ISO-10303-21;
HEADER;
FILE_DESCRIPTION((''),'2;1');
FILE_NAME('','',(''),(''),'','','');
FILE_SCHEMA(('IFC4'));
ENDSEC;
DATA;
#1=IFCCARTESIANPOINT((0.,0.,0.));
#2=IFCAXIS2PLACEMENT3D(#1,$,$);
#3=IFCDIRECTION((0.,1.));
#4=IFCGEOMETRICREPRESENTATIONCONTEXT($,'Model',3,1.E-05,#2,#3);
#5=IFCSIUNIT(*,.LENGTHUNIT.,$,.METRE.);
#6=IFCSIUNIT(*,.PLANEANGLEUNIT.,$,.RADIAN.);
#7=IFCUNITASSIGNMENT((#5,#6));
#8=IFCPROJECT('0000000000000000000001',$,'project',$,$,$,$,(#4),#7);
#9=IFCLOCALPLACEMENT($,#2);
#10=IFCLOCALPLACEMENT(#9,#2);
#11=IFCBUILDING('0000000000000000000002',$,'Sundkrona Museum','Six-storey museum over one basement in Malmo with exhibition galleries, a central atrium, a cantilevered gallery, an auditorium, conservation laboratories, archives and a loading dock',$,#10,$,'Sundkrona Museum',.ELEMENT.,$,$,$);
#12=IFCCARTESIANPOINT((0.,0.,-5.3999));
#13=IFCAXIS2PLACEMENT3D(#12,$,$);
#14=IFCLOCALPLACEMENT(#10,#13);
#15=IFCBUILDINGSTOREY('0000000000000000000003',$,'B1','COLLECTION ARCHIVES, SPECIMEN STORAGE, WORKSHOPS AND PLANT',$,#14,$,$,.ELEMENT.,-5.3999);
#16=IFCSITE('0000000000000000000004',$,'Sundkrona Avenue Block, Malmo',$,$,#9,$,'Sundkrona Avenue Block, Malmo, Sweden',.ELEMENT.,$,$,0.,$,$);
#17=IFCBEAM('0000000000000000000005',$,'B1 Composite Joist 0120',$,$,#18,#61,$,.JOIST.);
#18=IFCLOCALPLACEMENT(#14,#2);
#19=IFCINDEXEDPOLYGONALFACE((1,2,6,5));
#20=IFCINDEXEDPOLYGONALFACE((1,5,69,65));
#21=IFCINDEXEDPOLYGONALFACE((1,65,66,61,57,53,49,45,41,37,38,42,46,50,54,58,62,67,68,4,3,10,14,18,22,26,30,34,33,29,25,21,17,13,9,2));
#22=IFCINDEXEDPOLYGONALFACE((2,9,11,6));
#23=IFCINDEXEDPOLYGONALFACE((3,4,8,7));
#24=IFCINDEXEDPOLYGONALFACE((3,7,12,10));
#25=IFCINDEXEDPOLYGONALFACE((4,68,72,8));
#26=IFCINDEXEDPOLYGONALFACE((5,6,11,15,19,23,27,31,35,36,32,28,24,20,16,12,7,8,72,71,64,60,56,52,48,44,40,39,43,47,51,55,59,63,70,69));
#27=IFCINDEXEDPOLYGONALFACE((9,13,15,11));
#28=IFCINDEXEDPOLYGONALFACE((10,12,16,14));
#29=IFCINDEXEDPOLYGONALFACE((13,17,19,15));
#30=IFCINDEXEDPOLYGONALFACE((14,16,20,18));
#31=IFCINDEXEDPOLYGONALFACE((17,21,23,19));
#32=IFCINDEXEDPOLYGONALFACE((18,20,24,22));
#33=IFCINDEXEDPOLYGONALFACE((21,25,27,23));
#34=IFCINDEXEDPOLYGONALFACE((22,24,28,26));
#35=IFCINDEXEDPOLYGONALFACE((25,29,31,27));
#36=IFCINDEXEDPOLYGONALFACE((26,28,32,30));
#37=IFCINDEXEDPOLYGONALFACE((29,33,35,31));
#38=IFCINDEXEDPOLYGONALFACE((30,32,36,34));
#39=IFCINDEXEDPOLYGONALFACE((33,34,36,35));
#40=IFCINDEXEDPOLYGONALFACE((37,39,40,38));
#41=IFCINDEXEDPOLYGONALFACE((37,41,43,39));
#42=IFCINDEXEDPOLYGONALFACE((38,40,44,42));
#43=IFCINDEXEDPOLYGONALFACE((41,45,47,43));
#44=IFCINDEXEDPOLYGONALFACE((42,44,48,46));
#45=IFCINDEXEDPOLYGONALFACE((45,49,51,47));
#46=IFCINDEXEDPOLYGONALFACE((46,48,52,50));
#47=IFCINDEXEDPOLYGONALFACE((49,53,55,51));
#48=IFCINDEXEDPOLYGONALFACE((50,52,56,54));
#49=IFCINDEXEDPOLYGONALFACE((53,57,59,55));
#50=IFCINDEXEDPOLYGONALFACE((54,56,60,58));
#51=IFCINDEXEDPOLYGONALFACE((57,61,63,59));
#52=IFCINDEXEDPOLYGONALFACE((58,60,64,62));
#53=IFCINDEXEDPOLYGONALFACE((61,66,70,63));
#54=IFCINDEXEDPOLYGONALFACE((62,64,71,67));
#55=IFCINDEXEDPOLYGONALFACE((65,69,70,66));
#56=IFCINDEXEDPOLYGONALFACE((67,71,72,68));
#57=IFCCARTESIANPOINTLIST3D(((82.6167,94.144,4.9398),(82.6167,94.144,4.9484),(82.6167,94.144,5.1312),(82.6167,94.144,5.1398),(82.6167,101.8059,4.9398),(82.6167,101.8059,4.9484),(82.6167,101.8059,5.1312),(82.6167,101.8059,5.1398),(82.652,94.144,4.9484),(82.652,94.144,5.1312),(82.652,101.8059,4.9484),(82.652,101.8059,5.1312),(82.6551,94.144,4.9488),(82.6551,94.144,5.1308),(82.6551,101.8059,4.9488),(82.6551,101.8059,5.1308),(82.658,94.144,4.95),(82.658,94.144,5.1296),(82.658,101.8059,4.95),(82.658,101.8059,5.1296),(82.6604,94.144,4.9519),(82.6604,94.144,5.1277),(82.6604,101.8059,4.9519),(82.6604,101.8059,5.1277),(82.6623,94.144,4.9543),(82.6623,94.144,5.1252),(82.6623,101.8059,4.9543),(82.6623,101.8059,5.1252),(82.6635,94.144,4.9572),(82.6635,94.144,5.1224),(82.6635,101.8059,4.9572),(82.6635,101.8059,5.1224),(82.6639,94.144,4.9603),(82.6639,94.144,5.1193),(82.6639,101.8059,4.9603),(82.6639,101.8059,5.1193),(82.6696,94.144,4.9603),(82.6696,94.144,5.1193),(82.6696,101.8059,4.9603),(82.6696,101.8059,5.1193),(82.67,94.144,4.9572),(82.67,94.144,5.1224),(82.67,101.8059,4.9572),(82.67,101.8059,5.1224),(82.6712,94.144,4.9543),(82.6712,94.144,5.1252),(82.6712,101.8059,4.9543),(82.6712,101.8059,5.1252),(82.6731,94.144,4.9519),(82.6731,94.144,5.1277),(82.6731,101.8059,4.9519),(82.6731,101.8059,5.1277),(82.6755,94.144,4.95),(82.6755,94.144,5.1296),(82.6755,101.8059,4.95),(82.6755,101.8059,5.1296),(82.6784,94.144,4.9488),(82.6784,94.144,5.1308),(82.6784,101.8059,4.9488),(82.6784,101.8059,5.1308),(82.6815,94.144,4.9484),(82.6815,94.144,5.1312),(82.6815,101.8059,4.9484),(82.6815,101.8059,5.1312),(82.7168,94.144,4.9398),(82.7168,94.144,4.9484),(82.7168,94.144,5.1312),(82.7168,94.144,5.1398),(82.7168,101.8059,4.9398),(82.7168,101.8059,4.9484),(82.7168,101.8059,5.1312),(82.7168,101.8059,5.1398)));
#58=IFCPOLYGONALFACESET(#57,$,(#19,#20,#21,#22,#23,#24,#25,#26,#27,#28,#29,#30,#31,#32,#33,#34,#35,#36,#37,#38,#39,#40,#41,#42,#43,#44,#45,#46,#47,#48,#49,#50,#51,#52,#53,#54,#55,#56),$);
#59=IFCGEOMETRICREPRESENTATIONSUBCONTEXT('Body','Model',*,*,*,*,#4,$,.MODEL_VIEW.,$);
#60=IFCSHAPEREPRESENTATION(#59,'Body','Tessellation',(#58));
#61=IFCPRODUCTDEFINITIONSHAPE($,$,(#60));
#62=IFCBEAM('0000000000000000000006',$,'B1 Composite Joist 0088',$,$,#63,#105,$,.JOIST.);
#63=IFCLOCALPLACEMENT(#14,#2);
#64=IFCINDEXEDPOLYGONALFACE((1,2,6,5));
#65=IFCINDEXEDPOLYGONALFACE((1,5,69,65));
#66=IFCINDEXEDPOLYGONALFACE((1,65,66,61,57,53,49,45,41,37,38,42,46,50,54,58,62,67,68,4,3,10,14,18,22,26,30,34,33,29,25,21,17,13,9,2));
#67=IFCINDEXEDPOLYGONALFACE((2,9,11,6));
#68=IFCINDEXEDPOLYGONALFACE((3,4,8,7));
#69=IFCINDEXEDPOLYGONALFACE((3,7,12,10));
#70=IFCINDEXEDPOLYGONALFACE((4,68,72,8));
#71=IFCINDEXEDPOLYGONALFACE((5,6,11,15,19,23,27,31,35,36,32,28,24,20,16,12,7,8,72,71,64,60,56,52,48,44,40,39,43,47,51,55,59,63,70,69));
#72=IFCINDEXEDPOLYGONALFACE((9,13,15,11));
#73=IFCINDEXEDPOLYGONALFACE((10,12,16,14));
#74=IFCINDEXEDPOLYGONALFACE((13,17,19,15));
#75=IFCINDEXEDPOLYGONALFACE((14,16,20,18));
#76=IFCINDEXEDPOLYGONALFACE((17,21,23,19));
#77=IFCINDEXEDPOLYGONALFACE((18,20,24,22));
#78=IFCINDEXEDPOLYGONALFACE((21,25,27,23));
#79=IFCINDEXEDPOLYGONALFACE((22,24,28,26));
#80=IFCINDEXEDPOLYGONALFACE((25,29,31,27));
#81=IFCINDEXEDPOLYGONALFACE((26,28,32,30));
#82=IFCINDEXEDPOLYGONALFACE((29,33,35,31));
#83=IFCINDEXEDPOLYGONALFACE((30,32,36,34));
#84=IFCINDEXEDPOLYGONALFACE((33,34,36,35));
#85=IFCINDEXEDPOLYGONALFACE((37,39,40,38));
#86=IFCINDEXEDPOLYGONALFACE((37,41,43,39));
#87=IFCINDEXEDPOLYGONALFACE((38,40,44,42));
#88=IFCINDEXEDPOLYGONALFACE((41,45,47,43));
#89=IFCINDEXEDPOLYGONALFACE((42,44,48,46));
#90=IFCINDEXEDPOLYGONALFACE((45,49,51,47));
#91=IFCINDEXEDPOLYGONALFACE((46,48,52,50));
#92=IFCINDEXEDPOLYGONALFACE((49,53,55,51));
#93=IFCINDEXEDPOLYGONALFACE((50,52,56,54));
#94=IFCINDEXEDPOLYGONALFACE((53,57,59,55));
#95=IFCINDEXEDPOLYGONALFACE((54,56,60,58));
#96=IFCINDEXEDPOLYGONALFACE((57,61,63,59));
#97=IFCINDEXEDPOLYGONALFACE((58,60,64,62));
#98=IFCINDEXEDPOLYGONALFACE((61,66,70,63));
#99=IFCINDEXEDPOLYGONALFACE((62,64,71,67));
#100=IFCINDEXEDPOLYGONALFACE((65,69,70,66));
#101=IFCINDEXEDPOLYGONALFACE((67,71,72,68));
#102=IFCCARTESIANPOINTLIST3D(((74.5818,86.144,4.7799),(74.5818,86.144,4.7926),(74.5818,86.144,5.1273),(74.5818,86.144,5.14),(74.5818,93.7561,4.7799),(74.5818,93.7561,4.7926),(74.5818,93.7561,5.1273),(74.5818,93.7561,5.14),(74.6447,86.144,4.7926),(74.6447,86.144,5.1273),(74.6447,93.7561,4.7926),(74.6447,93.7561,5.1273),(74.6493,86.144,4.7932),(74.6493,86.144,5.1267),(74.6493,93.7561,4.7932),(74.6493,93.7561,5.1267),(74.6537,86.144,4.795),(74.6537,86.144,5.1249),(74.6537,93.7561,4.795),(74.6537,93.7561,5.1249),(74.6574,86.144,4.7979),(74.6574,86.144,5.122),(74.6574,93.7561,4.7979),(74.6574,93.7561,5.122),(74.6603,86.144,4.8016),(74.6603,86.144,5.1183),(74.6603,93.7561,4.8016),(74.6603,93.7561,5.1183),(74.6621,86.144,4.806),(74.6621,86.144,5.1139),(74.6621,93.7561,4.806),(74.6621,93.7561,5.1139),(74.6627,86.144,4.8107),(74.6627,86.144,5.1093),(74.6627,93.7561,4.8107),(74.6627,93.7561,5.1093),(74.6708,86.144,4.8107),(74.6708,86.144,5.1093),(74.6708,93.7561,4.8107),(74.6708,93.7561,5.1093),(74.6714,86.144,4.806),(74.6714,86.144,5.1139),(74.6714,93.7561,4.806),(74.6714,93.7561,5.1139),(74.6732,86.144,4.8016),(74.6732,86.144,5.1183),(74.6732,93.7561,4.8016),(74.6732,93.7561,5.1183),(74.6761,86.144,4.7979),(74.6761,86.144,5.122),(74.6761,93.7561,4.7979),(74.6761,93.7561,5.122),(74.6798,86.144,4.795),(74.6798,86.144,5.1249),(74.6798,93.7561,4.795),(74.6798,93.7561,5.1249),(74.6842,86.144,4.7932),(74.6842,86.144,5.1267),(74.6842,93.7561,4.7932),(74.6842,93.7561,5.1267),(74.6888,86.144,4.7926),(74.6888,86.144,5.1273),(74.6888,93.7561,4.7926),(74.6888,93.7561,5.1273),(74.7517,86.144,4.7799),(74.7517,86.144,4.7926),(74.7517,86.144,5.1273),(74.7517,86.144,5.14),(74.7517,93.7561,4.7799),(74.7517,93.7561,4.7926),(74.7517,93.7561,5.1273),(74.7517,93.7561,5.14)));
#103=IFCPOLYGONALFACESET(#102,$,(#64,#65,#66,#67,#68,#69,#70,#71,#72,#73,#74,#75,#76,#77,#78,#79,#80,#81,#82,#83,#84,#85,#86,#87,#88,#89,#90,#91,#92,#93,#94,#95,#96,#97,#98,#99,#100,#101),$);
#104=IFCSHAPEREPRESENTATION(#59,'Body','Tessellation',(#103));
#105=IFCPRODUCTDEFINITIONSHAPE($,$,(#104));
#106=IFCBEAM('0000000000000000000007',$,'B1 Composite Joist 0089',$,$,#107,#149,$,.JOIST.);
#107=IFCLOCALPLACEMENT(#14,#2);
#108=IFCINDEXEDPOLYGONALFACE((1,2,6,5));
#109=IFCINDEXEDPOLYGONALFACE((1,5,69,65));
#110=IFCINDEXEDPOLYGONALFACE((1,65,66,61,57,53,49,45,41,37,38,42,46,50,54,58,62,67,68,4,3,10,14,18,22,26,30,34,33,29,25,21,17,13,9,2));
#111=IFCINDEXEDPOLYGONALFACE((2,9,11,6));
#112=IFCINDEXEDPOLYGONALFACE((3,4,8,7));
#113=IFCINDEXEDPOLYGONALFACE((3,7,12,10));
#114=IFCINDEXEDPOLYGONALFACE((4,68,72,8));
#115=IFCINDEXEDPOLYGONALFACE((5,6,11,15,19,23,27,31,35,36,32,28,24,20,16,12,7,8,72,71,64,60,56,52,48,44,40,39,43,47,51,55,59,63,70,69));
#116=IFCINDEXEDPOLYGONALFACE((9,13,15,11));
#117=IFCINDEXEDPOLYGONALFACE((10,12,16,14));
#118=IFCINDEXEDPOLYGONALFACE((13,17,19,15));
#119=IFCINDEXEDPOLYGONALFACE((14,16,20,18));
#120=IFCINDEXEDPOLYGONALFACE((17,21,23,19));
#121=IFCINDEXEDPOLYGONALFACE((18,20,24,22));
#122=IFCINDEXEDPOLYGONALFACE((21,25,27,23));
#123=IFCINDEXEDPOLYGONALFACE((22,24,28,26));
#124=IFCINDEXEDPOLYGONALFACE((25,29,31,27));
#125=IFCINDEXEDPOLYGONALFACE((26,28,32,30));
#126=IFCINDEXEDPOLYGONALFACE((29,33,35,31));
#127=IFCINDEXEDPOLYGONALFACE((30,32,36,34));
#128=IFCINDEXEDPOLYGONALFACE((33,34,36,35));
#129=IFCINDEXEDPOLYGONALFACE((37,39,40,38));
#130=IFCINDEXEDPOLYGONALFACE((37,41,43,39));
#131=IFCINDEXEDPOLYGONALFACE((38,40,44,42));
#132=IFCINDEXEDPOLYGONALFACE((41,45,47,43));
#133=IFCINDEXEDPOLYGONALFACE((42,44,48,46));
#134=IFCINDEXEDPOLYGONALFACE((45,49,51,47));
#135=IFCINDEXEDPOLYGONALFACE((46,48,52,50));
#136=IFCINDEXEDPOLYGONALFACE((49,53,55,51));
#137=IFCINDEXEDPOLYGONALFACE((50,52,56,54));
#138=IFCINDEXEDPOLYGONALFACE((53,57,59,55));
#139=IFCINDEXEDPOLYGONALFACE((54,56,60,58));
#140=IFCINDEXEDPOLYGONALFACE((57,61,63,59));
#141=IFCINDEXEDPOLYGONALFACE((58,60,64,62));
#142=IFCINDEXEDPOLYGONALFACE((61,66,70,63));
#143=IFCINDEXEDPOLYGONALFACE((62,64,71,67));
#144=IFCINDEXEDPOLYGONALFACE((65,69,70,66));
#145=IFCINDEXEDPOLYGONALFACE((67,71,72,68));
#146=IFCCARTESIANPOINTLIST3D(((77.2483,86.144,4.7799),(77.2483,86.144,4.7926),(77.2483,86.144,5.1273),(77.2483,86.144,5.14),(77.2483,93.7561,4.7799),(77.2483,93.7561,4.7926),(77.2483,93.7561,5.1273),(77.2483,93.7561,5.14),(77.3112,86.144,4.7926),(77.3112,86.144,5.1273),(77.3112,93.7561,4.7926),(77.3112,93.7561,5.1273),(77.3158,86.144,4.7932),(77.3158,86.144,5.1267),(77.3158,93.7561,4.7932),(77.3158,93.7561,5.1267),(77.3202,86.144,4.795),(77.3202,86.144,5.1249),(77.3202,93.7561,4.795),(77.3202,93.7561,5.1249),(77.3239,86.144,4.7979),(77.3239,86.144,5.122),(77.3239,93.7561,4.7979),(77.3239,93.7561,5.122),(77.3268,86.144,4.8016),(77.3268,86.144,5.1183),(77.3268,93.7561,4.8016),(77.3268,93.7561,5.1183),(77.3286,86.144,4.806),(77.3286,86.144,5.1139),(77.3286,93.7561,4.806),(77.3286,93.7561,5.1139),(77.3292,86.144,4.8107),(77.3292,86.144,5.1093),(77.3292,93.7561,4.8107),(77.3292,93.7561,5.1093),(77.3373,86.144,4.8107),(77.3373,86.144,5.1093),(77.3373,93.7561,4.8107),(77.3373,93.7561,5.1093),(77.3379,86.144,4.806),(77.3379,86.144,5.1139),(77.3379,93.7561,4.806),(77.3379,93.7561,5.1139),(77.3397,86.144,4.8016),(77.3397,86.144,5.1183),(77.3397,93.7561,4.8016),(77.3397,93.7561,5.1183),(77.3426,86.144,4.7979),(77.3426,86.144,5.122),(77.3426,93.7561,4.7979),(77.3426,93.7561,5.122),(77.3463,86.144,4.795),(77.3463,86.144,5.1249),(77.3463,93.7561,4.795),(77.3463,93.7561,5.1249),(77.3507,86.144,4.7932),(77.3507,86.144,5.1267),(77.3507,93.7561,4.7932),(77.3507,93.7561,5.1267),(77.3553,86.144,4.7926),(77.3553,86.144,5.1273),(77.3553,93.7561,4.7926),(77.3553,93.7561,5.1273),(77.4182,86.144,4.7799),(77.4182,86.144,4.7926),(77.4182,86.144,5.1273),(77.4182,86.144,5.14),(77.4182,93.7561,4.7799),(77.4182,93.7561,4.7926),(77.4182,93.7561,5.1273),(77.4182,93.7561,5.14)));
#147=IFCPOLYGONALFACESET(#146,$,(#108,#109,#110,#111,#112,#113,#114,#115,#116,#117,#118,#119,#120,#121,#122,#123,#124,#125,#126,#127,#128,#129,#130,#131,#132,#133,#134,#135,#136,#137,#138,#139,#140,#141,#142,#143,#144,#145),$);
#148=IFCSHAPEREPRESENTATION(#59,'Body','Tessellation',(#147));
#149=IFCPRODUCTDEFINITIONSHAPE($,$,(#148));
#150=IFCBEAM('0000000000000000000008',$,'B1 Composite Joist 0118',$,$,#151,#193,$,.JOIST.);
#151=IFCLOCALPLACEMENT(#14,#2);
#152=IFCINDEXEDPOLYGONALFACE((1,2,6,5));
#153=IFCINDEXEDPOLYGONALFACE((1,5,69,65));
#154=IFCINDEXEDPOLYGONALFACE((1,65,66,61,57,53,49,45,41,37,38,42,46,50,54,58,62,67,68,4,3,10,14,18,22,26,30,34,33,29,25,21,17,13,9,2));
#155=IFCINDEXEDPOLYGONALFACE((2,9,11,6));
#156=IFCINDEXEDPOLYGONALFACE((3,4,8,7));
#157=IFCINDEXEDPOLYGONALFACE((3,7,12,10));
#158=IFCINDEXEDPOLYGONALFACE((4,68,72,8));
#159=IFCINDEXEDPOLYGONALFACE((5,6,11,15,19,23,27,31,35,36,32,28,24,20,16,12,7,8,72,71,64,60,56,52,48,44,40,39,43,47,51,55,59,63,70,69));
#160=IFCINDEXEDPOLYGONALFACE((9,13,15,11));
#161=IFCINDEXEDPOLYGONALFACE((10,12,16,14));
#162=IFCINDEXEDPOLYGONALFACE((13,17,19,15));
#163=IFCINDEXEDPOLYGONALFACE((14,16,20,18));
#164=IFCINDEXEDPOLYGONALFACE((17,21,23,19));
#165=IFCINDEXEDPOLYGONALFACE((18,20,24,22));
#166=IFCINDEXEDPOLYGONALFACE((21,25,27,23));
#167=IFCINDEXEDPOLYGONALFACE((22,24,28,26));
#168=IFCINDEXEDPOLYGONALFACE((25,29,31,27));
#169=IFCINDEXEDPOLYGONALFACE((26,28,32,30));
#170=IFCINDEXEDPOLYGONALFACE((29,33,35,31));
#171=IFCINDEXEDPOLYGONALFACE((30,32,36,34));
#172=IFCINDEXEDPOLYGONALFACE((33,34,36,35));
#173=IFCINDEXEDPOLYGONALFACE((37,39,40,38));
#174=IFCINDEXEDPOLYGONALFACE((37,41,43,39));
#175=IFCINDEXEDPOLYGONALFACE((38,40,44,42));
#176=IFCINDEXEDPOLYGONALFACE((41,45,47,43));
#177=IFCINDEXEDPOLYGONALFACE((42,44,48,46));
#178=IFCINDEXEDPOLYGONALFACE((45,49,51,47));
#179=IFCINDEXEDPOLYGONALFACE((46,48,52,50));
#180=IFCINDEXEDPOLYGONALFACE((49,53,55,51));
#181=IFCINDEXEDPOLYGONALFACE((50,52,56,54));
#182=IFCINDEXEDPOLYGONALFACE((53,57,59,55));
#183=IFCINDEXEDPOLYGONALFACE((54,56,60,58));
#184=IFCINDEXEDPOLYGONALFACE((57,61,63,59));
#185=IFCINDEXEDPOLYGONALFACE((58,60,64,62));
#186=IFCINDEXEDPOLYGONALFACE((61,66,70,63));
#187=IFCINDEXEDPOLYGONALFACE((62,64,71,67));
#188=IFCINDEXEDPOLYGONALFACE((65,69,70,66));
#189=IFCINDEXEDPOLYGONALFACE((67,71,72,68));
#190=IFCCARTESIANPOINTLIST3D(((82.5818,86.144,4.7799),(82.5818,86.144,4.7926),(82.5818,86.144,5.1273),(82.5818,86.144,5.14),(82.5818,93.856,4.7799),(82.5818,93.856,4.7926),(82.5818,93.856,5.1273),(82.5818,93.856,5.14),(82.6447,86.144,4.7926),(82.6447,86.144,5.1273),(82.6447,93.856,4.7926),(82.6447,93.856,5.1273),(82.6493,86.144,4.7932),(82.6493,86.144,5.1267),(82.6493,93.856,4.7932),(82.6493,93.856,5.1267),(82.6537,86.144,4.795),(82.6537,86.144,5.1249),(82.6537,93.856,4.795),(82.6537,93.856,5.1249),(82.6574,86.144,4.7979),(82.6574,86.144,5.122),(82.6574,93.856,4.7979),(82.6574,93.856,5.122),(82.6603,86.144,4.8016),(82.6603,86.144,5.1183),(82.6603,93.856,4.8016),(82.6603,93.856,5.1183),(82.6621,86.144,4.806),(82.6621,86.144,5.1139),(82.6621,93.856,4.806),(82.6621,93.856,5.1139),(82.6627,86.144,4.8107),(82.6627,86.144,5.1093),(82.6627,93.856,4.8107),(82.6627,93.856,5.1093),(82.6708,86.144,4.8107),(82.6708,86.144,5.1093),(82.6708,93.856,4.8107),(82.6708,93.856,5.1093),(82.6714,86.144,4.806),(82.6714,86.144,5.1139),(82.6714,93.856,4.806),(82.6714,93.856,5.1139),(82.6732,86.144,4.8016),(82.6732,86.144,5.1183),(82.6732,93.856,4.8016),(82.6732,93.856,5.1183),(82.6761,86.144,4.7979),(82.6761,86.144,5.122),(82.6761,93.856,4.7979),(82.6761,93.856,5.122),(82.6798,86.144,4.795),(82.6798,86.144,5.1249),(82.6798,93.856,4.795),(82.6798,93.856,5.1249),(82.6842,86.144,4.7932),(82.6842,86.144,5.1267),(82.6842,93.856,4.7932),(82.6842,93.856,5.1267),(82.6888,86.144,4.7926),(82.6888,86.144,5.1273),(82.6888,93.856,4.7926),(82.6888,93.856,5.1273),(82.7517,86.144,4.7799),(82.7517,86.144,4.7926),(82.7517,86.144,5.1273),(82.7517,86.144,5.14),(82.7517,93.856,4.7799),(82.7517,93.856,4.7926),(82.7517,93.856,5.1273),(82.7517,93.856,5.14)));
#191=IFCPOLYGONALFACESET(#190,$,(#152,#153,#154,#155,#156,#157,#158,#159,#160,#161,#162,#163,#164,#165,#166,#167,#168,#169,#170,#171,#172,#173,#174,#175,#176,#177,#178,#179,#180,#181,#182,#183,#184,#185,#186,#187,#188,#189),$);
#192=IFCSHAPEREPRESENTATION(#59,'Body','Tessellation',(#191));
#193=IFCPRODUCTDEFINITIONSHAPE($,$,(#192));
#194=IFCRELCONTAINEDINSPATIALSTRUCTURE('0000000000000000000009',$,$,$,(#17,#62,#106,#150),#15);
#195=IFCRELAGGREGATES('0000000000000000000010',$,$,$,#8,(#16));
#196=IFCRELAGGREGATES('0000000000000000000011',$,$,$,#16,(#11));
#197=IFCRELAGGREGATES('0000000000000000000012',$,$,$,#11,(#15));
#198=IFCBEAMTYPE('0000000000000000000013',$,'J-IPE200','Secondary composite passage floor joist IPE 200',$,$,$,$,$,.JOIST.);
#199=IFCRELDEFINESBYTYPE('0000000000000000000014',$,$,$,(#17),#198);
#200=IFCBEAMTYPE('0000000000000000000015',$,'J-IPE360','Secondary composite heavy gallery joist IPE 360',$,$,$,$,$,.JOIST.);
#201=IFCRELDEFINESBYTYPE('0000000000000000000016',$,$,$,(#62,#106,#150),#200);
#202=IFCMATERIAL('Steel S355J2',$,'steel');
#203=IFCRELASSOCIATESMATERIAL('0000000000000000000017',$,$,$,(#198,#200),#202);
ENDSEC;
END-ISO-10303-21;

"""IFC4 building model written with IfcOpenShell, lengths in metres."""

from ifc_helpers import new_model, si_unit, direction, frame, origin, origin_2d, place, context, subcontext, project, spatial, i_section, extrude, material, material_profile, profile_set, type_object, element, save


model = new_model("IFC4")

# Units and contexts
model_context = context("Model", 3, precision=1e-05, world=origin(), true_north=direction((0.0, 1.0)))
body_context = subcontext(model_context, "Body", "Model", "MODEL_VIEW")
ifc_project = project(units=[si_unit("LENGTHUNIT", "METRE"), si_unit("PLANEANGLEUNIT", "RADIAN")], contexts=[model_context])

# Site, building, storey
site_placement = place(None, origin())
site = spatial("IfcSite", under=ifc_project, at=site_placement, Name="Sundkrona Avenue Block, Malmo", LongName="Sundkrona Avenue Block, Malmo, Sweden", CompositionType="ELEMENT", RefElevation=0.0)
building_placement = place(site_placement, origin())
building = spatial("IfcBuilding", under=site, at=building_placement, Name="Sundkrona Museum", Description="Six-storey museum over one basement in Malmo with exhibition galleries, a central atrium, a cantilevered gallery, an auditorium, conservation laboratories, archives and a loading dock", LongName="Sundkrona Museum", CompositionType="ELEMENT")
storey_placement = place(building_placement, frame((0.0, 0.0, -5.3999)))
storey = spatial("IfcBuildingStorey", under=building, at=storey_placement, Name="B1", Description="COLLECTION ARCHIVES, SPECIMEN STORAGE, WORKSHOPS AND PLANT", CompositionType="ELEMENT", Elevation=-5.3999)

# Beams
ifc_material_1 = material(Name="Steel S355J2", Category="steel")
ifc_material_profile_1 = material_profile(ifc_material_1, i_section(OverallWidth=0.1001, OverallDepth=0.2, WebThickness=0.0056, FlangeThickness=0.0085, FilletRadius=0.012, at=origin_2d()), Name="IPE 200")
ifc_profile_set_1 = profile_set([ifc_material_profile_1], Name="Steel S355J2")
beam_type_1 = type_object("IfcBeamType", Name="J-IPE200", Description="Secondary composite passage floor joist IPE 200", PredefinedType="JOIST", material=ifc_profile_set_1)
beam_1_placement = place(storey_placement, frame((82.6667, 94.144, 5.0398), z_axis=(0.0, 1.0, 0.0), x_axis=(-1.0, 0.0, 0.0)))
element("IfcBeam", 1, at=beam_1_placement, inside=storey, type_object=beam_type_1, Name="B1 Composite Joist 0120", PredefinedType="JOIST", context=body_context, shape_type="SweptSolid", body=[
    extrude(i_section(OverallWidth=0.1001, OverallDepth=0.2, WebThickness=0.0056, FlangeThickness=0.0085, FilletRadius=0.012, at=origin_2d()), origin(), (0.0, 0.0, 1.0), 7.6619),
])
ifc_material_profile_2 = material_profile(ifc_material_1, i_section(OverallWidth=0.1699, OverallDepth=0.3601, WebThickness=0.0081, FlangeThickness=0.0127, FilletRadius=0.0181, at=origin_2d()), Name="IPE 360")
ifc_profile_set_2 = profile_set([ifc_material_profile_2], Name="Steel S355J2")
beam_type_2 = type_object("IfcBeamType", Name="J-IPE360", Description="Secondary composite heavy gallery joist IPE 360", PredefinedType="JOIST", material=ifc_profile_set_2)
for number, where, z_axis, x_axis, name in (
    (2, (74.6667, 86.144, 4.96), (0.0, 1.0, 0.0), (-1.0, 0.0, 0.0), "B1 Composite Joist 0088"),
    (3, (77.3333, 86.144, 4.96), (0.0, 1.0, 0.0), (-1.0, 0.0, 0.0), "B1 Composite Joist 0089"),
):
    element("IfcBeam", number, at=place(storey_placement, frame(where, z_axis=z_axis, x_axis=x_axis)), inside=storey, type_object=beam_type_2, Name=name, PredefinedType="JOIST", context=body_context, shape_type="SweptSolid", body=[
        extrude(i_section(OverallWidth=0.1699, OverallDepth=0.3601, WebThickness=0.0081, FlangeThickness=0.0127, FilletRadius=0.0181, at=origin_2d()), origin(), (0.0, 0.0, 1.0), 7.6121),
    ])
beam_2_placement = place(storey_placement, frame((82.6667, 86.144, 4.96), z_axis=(0.0, 1.0, 0.0), x_axis=(-1.0, 0.0, 0.0)))
element("IfcBeam", 4, at=beam_2_placement, inside=storey, type_object=beam_type_2, Name="B1 Composite Joist 0118", PredefinedType="JOIST", context=body_context, shape_type="SweptSolid", body=[
    extrude(i_section(OverallWidth=0.1699, OverallDepth=0.3601, WebThickness=0.0081, FlangeThickness=0.0127, FilletRadius=0.0181, at=origin_2d()), origin(), (0.0, 0.0, 1.0), 7.7119),
])

save(model, "model.ifc")
